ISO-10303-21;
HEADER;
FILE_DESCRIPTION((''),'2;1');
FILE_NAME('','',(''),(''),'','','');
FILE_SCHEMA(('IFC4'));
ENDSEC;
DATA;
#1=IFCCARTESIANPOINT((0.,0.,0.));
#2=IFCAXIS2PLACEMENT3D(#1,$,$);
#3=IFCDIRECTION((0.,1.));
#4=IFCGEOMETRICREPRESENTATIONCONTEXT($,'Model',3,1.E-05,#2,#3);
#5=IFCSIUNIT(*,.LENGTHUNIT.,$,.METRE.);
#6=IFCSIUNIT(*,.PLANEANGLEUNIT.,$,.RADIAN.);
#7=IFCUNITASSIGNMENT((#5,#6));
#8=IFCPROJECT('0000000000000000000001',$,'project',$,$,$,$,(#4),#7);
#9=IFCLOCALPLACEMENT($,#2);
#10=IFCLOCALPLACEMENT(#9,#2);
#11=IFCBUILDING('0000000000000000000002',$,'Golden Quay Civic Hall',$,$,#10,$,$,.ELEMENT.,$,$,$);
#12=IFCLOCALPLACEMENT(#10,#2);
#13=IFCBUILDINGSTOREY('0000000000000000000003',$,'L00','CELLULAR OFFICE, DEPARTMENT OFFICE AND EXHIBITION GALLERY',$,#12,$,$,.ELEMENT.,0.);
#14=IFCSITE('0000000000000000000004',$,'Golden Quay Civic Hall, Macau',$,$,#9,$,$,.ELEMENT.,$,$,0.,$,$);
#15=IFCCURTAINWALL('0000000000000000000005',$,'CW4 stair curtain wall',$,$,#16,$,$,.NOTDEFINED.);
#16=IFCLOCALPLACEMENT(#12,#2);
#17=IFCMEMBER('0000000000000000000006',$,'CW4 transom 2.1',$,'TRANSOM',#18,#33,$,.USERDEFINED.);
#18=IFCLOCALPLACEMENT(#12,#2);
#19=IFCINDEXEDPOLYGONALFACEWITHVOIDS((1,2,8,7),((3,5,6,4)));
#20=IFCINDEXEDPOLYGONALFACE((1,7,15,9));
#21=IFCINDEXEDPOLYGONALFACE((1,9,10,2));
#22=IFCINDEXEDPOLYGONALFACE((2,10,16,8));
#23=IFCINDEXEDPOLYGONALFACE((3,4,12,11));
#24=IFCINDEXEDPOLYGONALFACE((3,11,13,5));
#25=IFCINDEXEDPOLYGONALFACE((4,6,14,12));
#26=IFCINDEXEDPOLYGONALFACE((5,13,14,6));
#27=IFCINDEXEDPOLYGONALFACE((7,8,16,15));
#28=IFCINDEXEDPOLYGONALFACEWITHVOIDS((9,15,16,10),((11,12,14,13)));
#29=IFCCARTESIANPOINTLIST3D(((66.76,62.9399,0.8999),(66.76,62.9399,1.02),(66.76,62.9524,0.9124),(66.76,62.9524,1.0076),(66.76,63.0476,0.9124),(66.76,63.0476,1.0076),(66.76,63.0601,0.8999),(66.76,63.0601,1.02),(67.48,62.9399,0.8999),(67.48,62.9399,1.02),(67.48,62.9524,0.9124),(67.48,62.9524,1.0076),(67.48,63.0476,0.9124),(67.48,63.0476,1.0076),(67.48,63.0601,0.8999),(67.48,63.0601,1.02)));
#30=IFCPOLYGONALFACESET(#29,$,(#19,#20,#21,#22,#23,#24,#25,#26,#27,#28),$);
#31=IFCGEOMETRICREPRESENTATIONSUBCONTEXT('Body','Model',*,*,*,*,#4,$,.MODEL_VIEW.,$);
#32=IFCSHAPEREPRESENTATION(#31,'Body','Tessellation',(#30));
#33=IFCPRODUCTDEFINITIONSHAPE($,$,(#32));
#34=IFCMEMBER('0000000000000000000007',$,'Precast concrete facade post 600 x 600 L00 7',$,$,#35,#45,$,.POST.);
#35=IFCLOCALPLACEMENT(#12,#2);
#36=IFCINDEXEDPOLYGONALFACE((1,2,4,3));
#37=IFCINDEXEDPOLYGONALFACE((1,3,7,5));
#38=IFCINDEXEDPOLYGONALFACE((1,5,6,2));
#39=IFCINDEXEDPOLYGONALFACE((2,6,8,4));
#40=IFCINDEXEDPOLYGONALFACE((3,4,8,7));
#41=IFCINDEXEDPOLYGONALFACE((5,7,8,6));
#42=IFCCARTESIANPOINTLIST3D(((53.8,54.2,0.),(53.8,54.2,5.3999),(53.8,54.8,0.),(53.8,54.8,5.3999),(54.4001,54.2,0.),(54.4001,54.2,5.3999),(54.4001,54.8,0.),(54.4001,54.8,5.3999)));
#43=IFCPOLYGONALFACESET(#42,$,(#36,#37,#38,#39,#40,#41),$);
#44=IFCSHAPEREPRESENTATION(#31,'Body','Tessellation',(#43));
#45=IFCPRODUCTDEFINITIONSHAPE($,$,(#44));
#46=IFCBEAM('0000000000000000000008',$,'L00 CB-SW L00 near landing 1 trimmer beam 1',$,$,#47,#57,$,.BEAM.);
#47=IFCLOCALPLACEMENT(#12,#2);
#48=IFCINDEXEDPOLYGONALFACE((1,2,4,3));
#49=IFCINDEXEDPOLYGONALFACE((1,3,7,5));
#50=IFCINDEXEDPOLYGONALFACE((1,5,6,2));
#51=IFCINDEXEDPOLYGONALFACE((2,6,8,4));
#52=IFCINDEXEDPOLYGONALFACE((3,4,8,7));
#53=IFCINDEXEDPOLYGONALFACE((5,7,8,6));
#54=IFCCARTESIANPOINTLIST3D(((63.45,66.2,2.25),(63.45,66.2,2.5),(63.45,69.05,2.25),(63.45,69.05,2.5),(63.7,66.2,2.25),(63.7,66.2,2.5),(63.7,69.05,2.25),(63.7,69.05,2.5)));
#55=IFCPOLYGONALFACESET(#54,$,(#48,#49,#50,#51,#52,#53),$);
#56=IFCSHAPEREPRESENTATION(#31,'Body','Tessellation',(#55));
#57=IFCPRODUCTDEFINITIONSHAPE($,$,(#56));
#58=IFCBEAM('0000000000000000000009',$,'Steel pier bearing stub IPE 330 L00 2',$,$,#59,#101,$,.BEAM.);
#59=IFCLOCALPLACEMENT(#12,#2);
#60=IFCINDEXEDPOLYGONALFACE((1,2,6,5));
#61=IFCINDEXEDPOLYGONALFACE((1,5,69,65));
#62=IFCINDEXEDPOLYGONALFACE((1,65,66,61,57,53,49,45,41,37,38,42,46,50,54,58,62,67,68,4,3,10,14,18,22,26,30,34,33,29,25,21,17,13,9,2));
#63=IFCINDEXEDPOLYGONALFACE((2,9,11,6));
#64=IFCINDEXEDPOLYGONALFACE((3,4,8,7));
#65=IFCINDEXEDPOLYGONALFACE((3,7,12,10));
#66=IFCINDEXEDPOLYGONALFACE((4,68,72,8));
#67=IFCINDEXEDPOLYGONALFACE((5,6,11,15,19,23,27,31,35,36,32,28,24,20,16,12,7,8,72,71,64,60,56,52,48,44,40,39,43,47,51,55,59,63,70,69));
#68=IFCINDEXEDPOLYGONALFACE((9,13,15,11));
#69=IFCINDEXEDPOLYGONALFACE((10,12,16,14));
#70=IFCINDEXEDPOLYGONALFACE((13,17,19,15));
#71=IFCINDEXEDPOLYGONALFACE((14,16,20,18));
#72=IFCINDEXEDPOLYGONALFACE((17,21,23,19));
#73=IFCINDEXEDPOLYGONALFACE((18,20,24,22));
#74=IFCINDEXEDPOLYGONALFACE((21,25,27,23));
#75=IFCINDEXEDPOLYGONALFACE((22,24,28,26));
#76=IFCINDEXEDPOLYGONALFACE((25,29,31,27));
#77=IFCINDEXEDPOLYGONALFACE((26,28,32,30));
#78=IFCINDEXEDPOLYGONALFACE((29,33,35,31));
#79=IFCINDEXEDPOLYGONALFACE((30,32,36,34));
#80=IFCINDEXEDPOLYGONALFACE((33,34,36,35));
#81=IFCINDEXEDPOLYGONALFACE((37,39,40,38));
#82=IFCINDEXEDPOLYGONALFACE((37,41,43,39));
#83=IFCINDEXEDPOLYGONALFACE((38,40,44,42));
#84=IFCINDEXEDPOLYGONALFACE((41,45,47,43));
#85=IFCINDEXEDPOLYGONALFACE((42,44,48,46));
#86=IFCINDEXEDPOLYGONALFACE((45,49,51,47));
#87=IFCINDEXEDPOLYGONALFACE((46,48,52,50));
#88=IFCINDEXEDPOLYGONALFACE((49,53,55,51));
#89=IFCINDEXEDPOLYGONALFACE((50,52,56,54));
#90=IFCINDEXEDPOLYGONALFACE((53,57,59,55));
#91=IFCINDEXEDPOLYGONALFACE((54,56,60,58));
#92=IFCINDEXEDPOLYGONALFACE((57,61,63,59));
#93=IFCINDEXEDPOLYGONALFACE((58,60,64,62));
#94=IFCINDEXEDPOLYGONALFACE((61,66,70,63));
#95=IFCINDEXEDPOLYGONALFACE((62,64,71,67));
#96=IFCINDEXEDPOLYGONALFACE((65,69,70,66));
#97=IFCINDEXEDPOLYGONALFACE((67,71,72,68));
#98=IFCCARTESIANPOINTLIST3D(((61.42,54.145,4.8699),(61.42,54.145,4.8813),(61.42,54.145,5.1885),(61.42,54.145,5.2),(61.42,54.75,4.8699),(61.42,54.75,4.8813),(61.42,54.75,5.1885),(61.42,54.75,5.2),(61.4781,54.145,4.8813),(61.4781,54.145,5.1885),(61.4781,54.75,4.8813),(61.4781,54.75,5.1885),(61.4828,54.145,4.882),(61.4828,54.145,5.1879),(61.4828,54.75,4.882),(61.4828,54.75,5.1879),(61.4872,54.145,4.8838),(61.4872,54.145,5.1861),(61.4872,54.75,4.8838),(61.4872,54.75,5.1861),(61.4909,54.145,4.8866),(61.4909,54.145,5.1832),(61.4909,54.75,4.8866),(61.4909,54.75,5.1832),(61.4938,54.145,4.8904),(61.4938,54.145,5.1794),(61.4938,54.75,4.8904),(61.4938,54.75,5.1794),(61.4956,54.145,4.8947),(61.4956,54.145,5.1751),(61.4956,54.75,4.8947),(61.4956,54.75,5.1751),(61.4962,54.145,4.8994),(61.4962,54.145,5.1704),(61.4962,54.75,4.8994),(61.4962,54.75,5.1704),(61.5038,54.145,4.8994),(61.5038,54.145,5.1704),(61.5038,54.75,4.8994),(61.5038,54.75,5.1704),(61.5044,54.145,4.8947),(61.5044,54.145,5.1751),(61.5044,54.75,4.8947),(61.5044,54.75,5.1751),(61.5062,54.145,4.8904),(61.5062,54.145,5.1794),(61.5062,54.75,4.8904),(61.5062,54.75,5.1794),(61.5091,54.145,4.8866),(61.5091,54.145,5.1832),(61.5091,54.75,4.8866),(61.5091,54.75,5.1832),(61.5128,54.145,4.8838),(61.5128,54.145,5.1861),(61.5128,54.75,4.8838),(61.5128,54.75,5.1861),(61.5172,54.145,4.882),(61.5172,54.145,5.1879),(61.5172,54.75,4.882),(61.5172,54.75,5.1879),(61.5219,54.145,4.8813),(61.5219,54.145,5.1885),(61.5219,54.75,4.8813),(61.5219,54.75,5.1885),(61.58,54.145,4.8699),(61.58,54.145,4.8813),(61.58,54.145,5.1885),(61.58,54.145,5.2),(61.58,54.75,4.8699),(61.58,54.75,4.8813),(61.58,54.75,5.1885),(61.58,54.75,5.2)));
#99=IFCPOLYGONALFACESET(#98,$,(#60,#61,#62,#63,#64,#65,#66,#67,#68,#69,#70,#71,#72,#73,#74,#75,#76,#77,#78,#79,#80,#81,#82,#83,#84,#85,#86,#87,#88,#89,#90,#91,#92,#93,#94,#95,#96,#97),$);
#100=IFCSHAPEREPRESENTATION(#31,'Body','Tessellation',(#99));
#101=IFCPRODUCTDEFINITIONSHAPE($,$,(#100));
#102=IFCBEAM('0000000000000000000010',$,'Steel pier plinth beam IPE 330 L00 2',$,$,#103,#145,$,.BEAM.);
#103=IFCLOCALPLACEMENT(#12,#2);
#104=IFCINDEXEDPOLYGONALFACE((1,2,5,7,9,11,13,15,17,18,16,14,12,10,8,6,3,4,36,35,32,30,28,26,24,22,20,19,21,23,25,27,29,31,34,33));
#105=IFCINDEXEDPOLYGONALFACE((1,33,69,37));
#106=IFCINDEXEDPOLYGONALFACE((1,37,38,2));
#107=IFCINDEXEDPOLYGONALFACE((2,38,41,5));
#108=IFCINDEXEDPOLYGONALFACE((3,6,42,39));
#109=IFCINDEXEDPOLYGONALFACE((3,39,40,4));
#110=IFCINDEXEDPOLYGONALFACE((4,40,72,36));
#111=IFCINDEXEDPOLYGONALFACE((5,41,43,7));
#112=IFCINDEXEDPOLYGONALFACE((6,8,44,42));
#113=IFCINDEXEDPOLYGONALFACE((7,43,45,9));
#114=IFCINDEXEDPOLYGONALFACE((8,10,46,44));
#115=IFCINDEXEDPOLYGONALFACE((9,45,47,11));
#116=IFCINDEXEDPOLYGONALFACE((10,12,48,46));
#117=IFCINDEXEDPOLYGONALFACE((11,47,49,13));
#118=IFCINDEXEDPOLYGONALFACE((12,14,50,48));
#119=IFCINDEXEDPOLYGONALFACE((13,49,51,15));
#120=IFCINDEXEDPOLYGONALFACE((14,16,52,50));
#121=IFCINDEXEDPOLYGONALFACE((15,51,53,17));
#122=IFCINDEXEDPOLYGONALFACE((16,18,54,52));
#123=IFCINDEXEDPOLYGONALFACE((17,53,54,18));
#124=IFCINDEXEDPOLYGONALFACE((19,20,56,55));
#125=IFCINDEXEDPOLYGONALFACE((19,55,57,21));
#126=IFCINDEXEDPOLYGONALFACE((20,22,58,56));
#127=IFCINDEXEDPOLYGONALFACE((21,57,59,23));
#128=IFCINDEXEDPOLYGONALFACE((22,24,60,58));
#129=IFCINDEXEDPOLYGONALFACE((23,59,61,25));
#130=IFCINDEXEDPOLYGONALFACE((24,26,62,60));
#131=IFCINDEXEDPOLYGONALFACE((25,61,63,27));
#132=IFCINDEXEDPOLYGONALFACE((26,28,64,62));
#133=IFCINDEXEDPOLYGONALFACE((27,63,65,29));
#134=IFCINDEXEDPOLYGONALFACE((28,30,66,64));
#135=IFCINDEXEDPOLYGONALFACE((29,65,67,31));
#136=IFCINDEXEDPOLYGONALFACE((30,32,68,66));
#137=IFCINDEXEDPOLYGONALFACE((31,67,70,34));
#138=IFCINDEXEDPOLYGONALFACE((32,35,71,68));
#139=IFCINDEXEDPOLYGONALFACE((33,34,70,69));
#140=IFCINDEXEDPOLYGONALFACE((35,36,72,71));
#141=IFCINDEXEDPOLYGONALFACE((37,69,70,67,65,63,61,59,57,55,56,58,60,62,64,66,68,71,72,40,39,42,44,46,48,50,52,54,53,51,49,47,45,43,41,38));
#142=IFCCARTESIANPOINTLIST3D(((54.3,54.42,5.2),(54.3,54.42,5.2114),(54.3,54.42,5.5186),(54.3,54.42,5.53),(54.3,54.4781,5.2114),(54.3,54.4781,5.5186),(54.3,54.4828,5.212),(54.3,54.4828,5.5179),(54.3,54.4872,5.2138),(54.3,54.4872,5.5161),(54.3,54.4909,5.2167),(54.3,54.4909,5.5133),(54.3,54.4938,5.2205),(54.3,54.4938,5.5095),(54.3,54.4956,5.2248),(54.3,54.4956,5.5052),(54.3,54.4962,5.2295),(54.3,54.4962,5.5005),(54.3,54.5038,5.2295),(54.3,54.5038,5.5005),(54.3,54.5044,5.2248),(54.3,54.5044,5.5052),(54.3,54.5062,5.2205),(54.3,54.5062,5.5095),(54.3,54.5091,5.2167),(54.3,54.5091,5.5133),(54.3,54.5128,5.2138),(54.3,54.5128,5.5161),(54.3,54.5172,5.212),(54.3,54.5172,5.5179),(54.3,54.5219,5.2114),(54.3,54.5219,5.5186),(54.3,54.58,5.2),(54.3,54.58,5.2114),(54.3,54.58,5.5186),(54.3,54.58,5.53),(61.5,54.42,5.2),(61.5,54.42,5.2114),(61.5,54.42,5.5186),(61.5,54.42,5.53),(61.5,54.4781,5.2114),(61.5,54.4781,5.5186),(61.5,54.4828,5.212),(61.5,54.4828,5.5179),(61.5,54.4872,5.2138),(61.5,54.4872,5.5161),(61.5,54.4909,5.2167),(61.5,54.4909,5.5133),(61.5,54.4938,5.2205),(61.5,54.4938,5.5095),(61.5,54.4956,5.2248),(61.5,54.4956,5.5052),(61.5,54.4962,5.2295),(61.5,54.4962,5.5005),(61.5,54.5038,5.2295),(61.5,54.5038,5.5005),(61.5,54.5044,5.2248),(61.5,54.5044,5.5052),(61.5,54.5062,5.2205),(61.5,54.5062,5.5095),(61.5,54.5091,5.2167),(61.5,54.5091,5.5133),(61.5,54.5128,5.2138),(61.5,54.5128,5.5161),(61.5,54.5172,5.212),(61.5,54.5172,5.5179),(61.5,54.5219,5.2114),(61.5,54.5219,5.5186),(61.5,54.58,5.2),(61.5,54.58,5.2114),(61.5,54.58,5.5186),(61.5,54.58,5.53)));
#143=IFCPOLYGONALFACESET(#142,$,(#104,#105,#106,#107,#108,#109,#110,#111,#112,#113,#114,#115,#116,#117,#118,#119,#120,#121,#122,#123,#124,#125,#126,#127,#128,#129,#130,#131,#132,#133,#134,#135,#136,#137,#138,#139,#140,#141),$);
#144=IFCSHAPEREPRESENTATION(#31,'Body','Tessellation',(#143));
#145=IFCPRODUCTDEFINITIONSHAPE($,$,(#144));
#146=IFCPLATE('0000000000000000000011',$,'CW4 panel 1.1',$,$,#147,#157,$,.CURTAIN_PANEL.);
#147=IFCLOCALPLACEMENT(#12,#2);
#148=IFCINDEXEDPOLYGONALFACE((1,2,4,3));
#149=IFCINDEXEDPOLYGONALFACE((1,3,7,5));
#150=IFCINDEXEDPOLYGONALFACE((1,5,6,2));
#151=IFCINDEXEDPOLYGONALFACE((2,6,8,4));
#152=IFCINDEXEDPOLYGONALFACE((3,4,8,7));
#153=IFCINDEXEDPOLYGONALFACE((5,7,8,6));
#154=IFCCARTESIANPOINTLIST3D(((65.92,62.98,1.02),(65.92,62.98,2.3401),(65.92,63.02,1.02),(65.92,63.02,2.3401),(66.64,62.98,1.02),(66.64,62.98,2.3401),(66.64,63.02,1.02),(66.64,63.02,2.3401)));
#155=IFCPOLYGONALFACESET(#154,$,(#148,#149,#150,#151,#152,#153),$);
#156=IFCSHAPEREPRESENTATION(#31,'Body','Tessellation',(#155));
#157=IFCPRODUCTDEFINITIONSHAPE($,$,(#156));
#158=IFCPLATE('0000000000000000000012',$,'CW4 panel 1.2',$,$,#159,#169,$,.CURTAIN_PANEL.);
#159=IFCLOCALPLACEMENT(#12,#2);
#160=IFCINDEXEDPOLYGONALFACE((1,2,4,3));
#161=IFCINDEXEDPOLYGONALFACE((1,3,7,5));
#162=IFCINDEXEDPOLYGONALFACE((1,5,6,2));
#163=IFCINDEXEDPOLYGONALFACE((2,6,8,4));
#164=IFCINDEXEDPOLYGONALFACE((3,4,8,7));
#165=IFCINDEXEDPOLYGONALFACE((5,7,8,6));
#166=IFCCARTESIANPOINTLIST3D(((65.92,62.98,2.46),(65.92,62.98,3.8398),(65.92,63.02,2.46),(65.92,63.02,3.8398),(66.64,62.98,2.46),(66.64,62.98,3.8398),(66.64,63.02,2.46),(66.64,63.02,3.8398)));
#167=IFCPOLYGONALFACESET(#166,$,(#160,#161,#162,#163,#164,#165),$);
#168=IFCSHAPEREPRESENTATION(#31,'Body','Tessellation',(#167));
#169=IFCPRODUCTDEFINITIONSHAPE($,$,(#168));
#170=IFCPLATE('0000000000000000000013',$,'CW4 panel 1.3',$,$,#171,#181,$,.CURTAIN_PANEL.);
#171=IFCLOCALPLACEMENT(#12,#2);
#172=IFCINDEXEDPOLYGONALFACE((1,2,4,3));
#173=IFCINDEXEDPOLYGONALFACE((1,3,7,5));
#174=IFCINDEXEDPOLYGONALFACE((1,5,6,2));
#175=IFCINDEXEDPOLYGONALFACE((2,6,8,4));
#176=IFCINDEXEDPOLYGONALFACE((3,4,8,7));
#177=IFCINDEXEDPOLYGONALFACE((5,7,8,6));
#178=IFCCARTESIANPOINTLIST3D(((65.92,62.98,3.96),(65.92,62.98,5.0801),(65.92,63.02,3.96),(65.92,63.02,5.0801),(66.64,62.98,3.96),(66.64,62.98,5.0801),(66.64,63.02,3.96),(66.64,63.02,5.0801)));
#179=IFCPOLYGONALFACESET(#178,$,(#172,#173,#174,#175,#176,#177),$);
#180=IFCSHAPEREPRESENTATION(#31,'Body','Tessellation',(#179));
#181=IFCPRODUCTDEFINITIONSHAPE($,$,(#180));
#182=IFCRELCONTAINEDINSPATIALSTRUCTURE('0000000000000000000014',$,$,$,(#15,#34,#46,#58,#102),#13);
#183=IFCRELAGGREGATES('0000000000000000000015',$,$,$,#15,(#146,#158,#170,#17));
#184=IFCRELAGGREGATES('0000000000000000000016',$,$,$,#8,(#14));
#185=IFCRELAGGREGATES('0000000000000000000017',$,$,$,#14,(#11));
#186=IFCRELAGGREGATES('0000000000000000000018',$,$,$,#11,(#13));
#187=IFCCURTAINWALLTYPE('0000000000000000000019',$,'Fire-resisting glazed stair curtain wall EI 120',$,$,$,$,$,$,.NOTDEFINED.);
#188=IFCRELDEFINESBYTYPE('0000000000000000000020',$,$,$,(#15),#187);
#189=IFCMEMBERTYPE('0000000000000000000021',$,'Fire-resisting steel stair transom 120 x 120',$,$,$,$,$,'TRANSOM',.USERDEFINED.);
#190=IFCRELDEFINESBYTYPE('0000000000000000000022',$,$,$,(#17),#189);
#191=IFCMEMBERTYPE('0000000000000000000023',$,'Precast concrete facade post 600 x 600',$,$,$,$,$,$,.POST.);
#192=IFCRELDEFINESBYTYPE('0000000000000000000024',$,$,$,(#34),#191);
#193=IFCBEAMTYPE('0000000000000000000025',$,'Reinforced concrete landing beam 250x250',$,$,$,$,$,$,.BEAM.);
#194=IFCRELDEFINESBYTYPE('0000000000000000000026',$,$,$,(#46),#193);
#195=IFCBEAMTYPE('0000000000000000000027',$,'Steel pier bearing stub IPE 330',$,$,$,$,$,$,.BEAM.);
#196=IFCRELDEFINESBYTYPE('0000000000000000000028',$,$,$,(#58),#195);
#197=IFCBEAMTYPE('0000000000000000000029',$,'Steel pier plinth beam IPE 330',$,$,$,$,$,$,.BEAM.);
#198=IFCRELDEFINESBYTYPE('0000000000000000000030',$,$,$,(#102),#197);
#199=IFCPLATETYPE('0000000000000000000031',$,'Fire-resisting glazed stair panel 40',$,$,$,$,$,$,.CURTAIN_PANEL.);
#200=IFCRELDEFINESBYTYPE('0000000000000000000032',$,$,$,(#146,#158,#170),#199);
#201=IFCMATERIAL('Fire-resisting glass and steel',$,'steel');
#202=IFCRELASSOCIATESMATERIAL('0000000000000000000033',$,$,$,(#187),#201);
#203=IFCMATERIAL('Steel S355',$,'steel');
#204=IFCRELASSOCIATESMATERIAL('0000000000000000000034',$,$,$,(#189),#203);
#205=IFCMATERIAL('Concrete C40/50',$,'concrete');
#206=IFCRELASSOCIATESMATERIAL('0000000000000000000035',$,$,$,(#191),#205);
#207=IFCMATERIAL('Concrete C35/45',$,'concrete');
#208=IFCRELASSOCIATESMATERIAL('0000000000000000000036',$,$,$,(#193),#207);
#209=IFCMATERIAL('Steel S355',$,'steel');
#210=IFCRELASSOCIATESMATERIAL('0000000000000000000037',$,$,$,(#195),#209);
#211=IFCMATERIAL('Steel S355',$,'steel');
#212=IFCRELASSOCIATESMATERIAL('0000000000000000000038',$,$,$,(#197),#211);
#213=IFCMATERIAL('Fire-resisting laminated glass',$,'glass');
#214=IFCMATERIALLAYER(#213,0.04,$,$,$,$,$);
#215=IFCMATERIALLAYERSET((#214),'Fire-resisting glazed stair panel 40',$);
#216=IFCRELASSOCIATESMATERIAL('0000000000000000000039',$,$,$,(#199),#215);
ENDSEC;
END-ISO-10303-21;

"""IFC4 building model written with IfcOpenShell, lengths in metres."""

from ifc_helpers import new_model, si_unit, direction, frame, origin, origin_2d, place, context, subcontext, project, spatial, rectangle, hollow_rectangle, i_section, extrude, material, layer, layer_set, material_profile, profile_set, type_object, element, aggregate, save


model = new_model("IFC4")

# Units and contexts
model_context = context("Model", 3, precision=1e-05, world=origin(), true_north=direction((0.0, 1.0)))
body_context = subcontext(model_context, "Body", "Model", "MODEL_VIEW")
ifc_project = project(units=[si_unit("LENGTHUNIT", "METRE"), si_unit("PLANEANGLEUNIT", "RADIAN")], contexts=[model_context])

# Site, building, storey
site_placement = place(None, origin())
site = spatial("IfcSite", under=ifc_project, at=site_placement, Name="Golden Quay Civic Hall, Macau", CompositionType="ELEMENT", RefElevation=0.0)
building_placement = place(site_placement, origin())
building = spatial("IfcBuilding", under=site, at=building_placement, Name="Golden Quay Civic Hall", CompositionType="ELEMENT")
storey_placement = place(building_placement, origin())
storey = spatial("IfcBuildingStorey", under=building, at=storey_placement, Name="L00", Description="CELLULAR OFFICE, DEPARTMENT OFFICE AND EXHIBITION GALLERY", CompositionType="ELEMENT", Elevation=0.0)

# Curtain wall, member
ifc_material_1 = material(Name="Fire-resisting glass and steel", Category="steel")
curtain_wall_type_1 = type_object("IfcCurtainWallType", Name="Fire-resisting glazed stair curtain wall EI 120", PredefinedType="NOTDEFINED", material=ifc_material_1)
curtain_wall_1_placement = place(storey_placement, origin())
curtain_wall_1 = element("IfcCurtainWall", 1, at=curtain_wall_1_placement, inside=storey, type_object=curtain_wall_type_1, Name="CW4 stair curtain wall", PredefinedType="NOTDEFINED")
ifc_material_2 = material(Name="Steel S355", Category="steel")
ifc_material_profile_1 = material_profile(ifc_material_2, hollow_rectangle(XDim=0.1201, YDim=0.1201, WallThickness=0.0125, at=origin_2d()), Name="SHS 120x120x12.5")
ifc_profile_set_1 = profile_set([ifc_material_profile_1], Name="Steel S355")
member_type_1 = type_object("IfcMemberType", Name="Fire-resisting steel stair transom 120 x 120", ElementType="TRANSOM", PredefinedType="USERDEFINED", material=ifc_profile_set_1)
member_1_placement = place(storey_placement, frame((66.76, 63.0, 0.96), z_axis=(1.0, 0.0, 0.0), x_axis=(0.0, 1.0, 0.0)))
member_1 = element("IfcMember", 2, at=member_1_placement, type_object=member_type_1, Name="CW4 transom 2.1", ObjectType="TRANSOM", PredefinedType="USERDEFINED", context=body_context, shape_type="SweptSolid", body=[
    extrude(hollow_rectangle(XDim=0.1201, YDim=0.1201, WallThickness=0.0125, at=origin_2d()), origin(), (0.0, 0.0, 1.0), 0.72),
])

# Member
ifc_material_3 = material(Name="Concrete C40/50", Category="concrete")
ifc_material_profile_2 = material_profile(ifc_material_3, rectangle(XDim=0.6001, YDim=0.6001, at=origin_2d()), Name="RC 600x600")
ifc_profile_set_2 = profile_set([ifc_material_profile_2], Name="Concrete C40/50")
member_type_2 = type_object("IfcMemberType", Name="Precast concrete facade post 600 x 600", PredefinedType="POST", material=ifc_profile_set_2)
member_2_placement = place(storey_placement, frame((54.1001, 54.5, 0.0), z_axis=(0.0, 0.0, 1.0), x_axis=(1.0, 0.0, 0.0)))
element("IfcMember", 3, at=member_2_placement, inside=storey, type_object=member_type_2, Name="Precast concrete facade post 600 x 600 L00 7", PredefinedType="POST", context=body_context, shape_type="SweptSolid", body=[
    extrude(rectangle(XDim=0.6001, YDim=0.6001, at=origin_2d()), origin(), (0.0, 0.0, 1.0), 5.3999),
])

# Beams
ifc_material_4 = material(Name="Concrete C35/45", Category="concrete")
ifc_material_profile_3 = material_profile(ifc_material_4, rectangle(XDim=0.25, YDim=0.25, at=origin_2d()), Name="RC 250x250")
ifc_profile_set_3 = profile_set([ifc_material_profile_3], Name="Concrete C35/45")
beam_type_1 = type_object("IfcBeamType", Name="Reinforced concrete landing beam 250x250", PredefinedType="BEAM", material=ifc_profile_set_3)
beam_1_placement = place(storey_placement, frame((63.575, 66.2, 2.375), z_axis=(0.0, 1.0, 0.0), x_axis=(-1.0, 0.0, 0.0)))
element("IfcBeam", 4, at=beam_1_placement, inside=storey, type_object=beam_type_1, Name="L00 CB-SW L00 near landing 1 trimmer beam 1", PredefinedType="BEAM", context=body_context, shape_type="SweptSolid", body=[
    extrude(rectangle(XDim=0.25, YDim=0.25, at=origin_2d()), origin(), (0.0, 0.0, 1.0), 2.8501),
])
ifc_material_5 = material(Name="Steel S355", Category="steel")
ifc_material_profile_4 = material_profile(ifc_material_5, i_section(OverallWidth=0.1599, OverallDepth=0.3301, WebThickness=0.0076, FlangeThickness=0.0115, FilletRadius=0.0181, at=origin_2d()), Name="IPE 330")
ifc_profile_set_4 = profile_set([ifc_material_profile_4], Name="Steel S355")
beam_type_2 = type_object("IfcBeamType", Name="Steel pier bearing stub IPE 330", PredefinedType="BEAM", material=ifc_profile_set_4)
beam_2_placement = place(storey_placement, frame((61.5, 54.145, 5.0349), z_axis=(0.0, 1.0, 0.0), x_axis=(-1.0, 0.0, 0.0)))
element("IfcBeam", 5, at=beam_2_placement, inside=storey, type_object=beam_type_2, Name="Steel pier bearing stub IPE 330 L00 2", PredefinedType="BEAM", context=body_context, shape_type="SweptSolid", body=[
    extrude(i_section(OverallWidth=0.1599, OverallDepth=0.3301, WebThickness=0.0076, FlangeThickness=0.0115, FilletRadius=0.0181, at=origin_2d()), origin(), (0.0, 0.0, 1.0), 0.605),
])
ifc_material_6 = material(Name="Steel S355", Category="steel")
ifc_material_profile_5 = material_profile(ifc_material_6, i_section(OverallWidth=0.1599, OverallDepth=0.3301, WebThickness=0.0076, FlangeThickness=0.0115, FilletRadius=0.0181, at=origin_2d()), Name="IPE 330")
ifc_profile_set_5 = profile_set([ifc_material_profile_5], Name="Steel S355")
beam_type_3 = type_object("IfcBeamType", Name="Steel pier plinth beam IPE 330", PredefinedType="BEAM", material=ifc_profile_set_5)
beam_3_placement = place(storey_placement, frame((54.3, 54.5, 5.365), z_axis=(1.0, 0.0, 0.0), x_axis=(0.0, 1.0, 0.0)))
element("IfcBeam", 6, at=beam_3_placement, inside=storey, type_object=beam_type_3, Name="Steel pier plinth beam IPE 330 L00 2", PredefinedType="BEAM", context=body_context, shape_type="SweptSolid", body=[
    extrude(i_section(OverallWidth=0.1599, OverallDepth=0.3301, WebThickness=0.0076, FlangeThickness=0.0115, FilletRadius=0.0181, at=origin_2d()), origin(), (0.0, 0.0, 1.0), 7.2),
])

# Plates
ifc_material_7 = material(Name="Fire-resisting laminated glass", Category="glass")
ifc_layer_1 = layer(ifc_material_7, 0.04)
ifc_layer_set_1 = layer_set([ifc_layer_1], Name="Fire-resisting glazed stair panel 40")
plate_type = type_object("IfcPlateType", Name="Fire-resisting glazed stair panel 40", PredefinedType="CURTAIN_PANEL", material=ifc_layer_set_1)
plate_1_placement = place(storey_placement, frame((66.28, 63.0, 1.02), z_axis=(0.0, 0.0, 1.0), x_axis=(1.0, 0.0, 0.0)))
plate_1 = element("IfcPlate", 7, at=plate_1_placement, type_object=plate_type, Name="CW4 panel 1.1", PredefinedType="CURTAIN_PANEL", context=body_context, shape_type="SweptSolid", body=[
    extrude(rectangle(XDim=0.72, YDim=0.04, at=origin_2d()), origin(), (0.0, 0.0, 1.0), 1.3201),
])
plate_2_placement = place(storey_placement, frame((66.28, 63.0, 2.46), z_axis=(0.0, 0.0, 1.0), x_axis=(1.0, 0.0, 0.0)))
plate_2 = element("IfcPlate", 8, at=plate_2_placement, type_object=plate_type, Name="CW4 panel 1.2", PredefinedType="CURTAIN_PANEL", context=body_context, shape_type="SweptSolid", body=[
    extrude(rectangle(XDim=0.72, YDim=0.04, at=origin_2d()), origin(), (0.0, 0.0, 1.0), 1.3799),
])
plate_3_placement = place(storey_placement, frame((66.28, 63.0, 3.96), z_axis=(0.0, 0.0, 1.0), x_axis=(1.0, 0.0, 0.0)))
plate_3 = element("IfcPlate", 9, at=plate_3_placement, type_object=plate_type, Name="CW4 panel 1.3", PredefinedType="CURTAIN_PANEL", context=body_context, shape_type="SweptSolid", body=[
    extrude(rectangle(XDim=0.72, YDim=0.04, at=origin_2d()), origin(), (0.0, 0.0, 1.0), 1.1201),
])
aggregate(curtain_wall_1, [plate_1, plate_2, plate_3, member_1])

save(model, "model.ifc")
